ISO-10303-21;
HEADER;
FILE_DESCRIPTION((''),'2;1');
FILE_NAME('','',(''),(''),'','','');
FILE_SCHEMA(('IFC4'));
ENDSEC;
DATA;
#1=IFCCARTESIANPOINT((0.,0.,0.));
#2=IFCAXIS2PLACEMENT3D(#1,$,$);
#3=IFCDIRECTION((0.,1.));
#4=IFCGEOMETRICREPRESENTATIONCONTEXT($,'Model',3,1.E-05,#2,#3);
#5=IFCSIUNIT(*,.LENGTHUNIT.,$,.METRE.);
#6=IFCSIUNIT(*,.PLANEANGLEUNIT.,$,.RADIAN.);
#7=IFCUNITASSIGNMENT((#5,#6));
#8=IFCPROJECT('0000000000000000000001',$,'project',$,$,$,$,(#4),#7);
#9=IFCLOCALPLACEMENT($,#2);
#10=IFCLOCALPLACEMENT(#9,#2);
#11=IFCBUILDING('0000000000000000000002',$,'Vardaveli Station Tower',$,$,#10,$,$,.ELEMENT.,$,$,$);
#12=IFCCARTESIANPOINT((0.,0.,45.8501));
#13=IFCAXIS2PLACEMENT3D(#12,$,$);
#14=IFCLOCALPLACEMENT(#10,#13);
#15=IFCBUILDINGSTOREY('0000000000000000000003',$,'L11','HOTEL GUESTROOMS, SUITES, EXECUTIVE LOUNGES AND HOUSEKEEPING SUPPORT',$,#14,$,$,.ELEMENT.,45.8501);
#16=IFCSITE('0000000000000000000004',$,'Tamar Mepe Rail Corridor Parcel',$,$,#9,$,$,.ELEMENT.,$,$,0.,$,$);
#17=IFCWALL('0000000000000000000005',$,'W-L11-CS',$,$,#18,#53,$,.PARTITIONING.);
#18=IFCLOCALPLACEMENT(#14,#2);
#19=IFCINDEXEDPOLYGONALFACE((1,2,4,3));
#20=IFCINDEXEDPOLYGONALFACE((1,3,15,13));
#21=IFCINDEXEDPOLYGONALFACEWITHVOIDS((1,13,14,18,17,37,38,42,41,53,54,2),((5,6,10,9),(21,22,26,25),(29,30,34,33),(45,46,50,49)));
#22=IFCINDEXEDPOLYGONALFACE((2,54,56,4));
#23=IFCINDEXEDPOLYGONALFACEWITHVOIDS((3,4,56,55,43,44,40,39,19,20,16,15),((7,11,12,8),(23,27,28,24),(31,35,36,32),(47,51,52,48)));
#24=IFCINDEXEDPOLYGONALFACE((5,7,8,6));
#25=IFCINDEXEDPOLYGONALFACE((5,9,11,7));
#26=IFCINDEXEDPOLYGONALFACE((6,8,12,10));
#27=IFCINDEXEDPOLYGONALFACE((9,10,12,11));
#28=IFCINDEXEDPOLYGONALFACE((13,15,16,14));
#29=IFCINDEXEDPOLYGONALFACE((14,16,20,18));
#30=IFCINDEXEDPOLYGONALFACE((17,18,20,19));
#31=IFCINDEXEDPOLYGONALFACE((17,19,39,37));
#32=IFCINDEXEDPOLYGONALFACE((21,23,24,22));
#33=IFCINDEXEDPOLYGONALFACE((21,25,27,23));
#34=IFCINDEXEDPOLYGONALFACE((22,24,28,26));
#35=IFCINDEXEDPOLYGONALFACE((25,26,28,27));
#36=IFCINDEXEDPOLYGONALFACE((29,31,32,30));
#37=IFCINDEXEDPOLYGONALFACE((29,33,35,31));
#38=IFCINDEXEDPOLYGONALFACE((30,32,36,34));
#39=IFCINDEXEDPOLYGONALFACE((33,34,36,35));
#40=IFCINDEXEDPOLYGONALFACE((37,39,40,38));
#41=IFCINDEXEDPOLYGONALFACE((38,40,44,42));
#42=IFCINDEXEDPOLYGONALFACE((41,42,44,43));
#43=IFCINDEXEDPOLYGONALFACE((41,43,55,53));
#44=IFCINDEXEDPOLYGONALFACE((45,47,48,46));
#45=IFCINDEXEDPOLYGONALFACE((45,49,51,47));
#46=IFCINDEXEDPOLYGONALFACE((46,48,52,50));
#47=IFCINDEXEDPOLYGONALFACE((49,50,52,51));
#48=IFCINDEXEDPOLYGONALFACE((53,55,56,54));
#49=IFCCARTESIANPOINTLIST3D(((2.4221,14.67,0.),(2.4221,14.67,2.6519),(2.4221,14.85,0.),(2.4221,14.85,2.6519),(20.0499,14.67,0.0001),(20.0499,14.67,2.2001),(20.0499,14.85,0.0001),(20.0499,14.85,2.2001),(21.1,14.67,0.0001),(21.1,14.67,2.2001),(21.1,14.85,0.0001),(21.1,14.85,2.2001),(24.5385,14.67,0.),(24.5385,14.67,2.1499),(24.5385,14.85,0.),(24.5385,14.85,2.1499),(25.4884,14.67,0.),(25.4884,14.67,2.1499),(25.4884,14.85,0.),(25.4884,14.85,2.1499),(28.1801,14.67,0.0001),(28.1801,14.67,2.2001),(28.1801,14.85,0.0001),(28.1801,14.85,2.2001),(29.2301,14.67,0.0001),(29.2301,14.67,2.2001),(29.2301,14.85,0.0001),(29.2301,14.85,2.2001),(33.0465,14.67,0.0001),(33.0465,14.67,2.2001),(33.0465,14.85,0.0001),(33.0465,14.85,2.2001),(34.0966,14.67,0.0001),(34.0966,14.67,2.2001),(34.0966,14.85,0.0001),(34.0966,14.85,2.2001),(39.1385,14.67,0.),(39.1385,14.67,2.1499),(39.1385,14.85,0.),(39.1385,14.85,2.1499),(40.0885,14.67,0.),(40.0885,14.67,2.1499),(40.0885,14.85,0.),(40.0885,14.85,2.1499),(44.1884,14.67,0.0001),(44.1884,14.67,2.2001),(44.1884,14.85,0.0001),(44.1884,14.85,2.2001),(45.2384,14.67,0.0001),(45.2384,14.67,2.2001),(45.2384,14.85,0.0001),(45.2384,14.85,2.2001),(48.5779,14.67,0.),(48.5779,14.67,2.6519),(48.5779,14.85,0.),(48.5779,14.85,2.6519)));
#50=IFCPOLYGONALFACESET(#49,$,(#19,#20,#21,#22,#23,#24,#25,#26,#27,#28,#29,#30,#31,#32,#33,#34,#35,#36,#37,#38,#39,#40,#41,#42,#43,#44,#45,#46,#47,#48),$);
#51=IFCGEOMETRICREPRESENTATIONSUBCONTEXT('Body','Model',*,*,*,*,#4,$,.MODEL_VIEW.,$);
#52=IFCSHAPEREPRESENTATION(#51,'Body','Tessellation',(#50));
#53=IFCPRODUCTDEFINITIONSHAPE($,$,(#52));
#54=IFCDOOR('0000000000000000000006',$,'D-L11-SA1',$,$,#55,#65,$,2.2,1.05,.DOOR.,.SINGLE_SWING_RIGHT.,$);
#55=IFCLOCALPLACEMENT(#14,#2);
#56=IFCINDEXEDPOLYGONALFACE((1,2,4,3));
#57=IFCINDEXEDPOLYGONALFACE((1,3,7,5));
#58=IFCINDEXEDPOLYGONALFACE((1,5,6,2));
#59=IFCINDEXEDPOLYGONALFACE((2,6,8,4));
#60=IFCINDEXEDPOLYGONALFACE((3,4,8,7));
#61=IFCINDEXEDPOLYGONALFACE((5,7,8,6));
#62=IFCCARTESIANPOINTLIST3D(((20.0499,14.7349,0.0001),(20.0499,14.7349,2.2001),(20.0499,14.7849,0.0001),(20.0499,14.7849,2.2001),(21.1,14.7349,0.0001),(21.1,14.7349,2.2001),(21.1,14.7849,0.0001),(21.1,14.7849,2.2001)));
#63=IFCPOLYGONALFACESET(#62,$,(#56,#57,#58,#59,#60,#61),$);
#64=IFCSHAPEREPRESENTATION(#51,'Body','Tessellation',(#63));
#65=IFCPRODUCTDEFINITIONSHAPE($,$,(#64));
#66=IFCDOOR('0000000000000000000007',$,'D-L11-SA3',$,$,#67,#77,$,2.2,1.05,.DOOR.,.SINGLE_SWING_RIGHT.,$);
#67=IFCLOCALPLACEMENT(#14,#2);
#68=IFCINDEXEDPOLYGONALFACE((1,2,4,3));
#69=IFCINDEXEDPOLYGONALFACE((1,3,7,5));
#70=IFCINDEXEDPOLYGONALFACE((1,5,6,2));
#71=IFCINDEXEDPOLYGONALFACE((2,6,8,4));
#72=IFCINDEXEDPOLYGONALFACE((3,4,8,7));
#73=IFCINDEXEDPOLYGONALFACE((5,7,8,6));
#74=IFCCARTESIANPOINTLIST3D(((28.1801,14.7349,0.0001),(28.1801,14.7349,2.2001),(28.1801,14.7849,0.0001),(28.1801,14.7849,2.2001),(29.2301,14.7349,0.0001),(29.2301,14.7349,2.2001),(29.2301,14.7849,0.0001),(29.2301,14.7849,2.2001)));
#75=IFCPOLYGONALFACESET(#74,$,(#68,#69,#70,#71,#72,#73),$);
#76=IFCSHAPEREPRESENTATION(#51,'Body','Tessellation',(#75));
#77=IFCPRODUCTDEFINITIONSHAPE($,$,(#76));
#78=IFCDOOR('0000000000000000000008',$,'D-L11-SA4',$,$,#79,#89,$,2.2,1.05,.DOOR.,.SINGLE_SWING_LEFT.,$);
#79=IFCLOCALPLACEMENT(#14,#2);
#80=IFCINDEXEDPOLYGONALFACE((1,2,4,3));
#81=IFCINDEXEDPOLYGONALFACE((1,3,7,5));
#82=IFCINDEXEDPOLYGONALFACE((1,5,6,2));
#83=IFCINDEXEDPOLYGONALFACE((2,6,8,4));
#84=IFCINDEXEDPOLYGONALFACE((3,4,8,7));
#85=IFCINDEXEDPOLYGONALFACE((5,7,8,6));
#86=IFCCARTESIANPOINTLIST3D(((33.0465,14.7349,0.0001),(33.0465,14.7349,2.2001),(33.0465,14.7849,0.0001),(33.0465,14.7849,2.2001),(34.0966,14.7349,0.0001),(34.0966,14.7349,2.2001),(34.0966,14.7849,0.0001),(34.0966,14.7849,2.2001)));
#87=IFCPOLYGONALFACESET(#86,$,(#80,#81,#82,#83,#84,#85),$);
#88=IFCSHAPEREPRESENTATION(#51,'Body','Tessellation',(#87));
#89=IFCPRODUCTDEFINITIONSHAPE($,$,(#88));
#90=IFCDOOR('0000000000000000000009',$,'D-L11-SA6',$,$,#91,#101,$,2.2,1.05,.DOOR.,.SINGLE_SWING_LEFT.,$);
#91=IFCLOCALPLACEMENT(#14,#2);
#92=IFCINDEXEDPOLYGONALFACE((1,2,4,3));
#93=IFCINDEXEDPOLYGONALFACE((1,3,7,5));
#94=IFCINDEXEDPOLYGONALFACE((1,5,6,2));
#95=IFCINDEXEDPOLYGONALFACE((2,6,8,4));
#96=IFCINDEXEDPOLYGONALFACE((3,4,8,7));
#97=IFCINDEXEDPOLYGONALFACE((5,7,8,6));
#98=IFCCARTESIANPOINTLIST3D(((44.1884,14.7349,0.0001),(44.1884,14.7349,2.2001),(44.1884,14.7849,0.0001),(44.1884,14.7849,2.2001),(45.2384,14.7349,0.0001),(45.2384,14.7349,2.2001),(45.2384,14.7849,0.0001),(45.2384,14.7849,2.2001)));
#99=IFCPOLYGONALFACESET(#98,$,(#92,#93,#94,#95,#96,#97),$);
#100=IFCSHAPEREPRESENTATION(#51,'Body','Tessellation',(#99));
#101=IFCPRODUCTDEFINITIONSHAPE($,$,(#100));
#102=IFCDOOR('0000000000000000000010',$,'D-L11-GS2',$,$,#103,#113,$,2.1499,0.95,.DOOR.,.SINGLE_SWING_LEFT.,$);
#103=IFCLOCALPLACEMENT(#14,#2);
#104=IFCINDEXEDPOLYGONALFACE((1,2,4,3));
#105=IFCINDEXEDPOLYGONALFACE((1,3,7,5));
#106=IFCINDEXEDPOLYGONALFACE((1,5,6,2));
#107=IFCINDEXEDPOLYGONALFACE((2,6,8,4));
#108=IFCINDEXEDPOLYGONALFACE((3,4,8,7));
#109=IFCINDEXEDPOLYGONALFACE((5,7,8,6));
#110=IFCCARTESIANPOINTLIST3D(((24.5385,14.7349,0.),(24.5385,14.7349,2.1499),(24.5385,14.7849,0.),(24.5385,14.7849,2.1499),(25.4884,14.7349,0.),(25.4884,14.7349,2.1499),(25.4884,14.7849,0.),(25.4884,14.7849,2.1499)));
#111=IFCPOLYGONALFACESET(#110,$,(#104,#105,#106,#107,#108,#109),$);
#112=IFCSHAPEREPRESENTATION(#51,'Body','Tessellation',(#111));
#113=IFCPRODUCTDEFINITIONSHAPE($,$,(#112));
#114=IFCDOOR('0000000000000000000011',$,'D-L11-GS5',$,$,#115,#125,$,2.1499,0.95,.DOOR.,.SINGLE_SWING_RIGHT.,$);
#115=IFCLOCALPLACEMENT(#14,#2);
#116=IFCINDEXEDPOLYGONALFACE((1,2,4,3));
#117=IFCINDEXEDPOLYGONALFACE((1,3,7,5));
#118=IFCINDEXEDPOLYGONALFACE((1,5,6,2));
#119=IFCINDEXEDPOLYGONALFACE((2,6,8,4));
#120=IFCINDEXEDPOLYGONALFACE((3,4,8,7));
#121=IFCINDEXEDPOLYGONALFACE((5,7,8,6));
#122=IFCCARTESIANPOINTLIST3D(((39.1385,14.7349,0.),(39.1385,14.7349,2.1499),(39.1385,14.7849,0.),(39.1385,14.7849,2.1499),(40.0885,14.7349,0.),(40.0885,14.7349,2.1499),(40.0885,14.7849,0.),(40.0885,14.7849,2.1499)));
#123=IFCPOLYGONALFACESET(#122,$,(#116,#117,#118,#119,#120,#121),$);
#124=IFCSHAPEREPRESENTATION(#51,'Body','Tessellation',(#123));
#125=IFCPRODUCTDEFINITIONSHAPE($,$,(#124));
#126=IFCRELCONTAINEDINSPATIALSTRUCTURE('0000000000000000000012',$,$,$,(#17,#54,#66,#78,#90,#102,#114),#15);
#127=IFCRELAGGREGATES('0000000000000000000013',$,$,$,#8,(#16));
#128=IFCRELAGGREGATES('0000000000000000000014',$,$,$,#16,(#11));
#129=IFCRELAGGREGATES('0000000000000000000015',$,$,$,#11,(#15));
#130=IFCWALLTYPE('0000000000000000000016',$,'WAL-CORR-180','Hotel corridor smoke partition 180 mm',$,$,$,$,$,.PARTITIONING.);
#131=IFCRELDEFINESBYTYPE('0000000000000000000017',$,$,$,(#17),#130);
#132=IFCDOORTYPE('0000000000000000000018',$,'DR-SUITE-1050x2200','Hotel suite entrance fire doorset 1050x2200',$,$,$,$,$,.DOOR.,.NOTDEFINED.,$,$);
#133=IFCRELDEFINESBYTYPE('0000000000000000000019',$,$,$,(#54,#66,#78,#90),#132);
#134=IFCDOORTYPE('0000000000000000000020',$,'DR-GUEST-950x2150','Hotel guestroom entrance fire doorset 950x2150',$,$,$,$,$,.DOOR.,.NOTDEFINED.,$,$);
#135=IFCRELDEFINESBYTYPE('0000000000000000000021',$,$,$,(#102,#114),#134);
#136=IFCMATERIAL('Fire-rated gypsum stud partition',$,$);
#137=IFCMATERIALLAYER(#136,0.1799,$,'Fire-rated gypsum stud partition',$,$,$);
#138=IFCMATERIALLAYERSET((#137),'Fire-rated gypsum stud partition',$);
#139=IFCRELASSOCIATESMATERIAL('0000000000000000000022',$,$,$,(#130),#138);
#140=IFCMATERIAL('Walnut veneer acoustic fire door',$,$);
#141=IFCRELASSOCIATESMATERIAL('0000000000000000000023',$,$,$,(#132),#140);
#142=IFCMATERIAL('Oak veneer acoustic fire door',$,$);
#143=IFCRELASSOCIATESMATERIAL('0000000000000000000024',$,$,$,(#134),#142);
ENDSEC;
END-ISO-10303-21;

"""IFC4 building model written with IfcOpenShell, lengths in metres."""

from ifc_helpers import new_model, si_unit, direction, frame, frame_2d, origin, place, context, subcontext, project, spatial, rectangle, extrude, source, transform, mapped, material, layer, layer_set, type_object, element, fill, save


model = new_model("IFC4")

# Units and contexts
model_context = context("Model", 3, precision=1e-05, world=origin(), true_north=direction((0.0, 1.0)))
body_context = subcontext(model_context, "Body", "Model", "MODEL_VIEW")
ifc_project = project(units=[si_unit("LENGTHUNIT", "METRE"), si_unit("PLANEANGLEUNIT", "RADIAN")], contexts=[model_context])

# Site, building, storey
site_placement = place(None, origin())
site = spatial("IfcSite", under=ifc_project, at=site_placement, Name="Tamar Mepe Rail Corridor Parcel", CompositionType="ELEMENT", RefElevation=0.0)
building_placement = place(site_placement, origin())
building = spatial("IfcBuilding", under=site, at=building_placement, Name="Vardaveli Station Tower", CompositionType="ELEMENT")
storey_placement = place(building_placement, frame((0.0, 0.0, 45.8501)))
storey = spatial("IfcBuildingStorey", under=building, at=storey_placement, Name="L11", Description="HOTEL GUESTROOMS, SUITES, EXECUTIVE LOUNGES AND HOUSEKEEPING SUPPORT", CompositionType="ELEMENT", Elevation=45.8501)

# Wall, openings, doors
ifc_material_1 = material(Name="Fire-rated gypsum stud partition")
ifc_layer_1 = layer(ifc_material_1, 0.1799, Name="Fire-rated gypsum stud partition")
ifc_layer_set_1 = layer_set([ifc_layer_1], Name="Fire-rated gypsum stud partition")
wall_type_1 = type_object("IfcWallType", Name="WAL-CORR-180", Description="Hotel corridor smoke partition 180 mm", PredefinedType="PARTITIONING", material=ifc_layer_set_1)
shared_shape_1 = source(origin(), body_context, "Body", "SweptSolid", [
    extrude(rectangle(XDim=46.1558, YDim=0.1799, at=frame_2d((23.0779, 0.0))), origin(), (0.0, 0.0, 1.0), 2.6519),
])
wall_1_placement = place(storey_placement, frame((2.4221, 14.76, 0.0), z_axis=(0.0, 0.0, 1.0), x_axis=(1.0, 0.0, 0.0)))
wall_1 = element("IfcWall", 1, at=wall_1_placement, inside=storey, type_object=wall_type_1, Name="W-L11-CS", PredefinedType="PARTITIONING", context=body_context, shape_type="MappedRepresentation", body=[
    mapped(shared_shape_1, transform((0.0, 0.0, 0.0), scale=1.0)),
])
shared_shape_2 = source(origin(), body_context, "Body", "SweptSolid", [
    extrude(rectangle(XDim=1.05, YDim=2.2, at=frame_2d((0.5249, 1.1001))), frame((0.0, 0.1001, 0.0), z_axis=(0.0, -1.0, 0.0), x_axis=(1.0, 0.0, 0.0)), (0.0, 0.0, 1.0), 0.2),
])
opening_1_placement = place(wall_1_placement, frame((17.6279, 0.0, 0.0)))
opening_1 = element("IfcOpeningElement", 2, at=opening_1_placement, cuts=wall_1, PredefinedType="OPENING", context=body_context, shape_type="MappedRepresentation", body=[
    mapped(shared_shape_2, transform((0.0, 0.0, 0.0), scale=1.0)),
])
shared_shape_3 = source(origin(), body_context, "Body", "SweptSolid", [
    extrude(rectangle(XDim=0.95, YDim=2.1499, at=frame_2d((0.4751, 1.075))), frame((0.0, 0.1001, 0.0), z_axis=(0.0, -1.0, 0.0), x_axis=(1.0, 0.0, 0.0)), (0.0, 0.0, 1.0), 0.2),
])
opening_2_placement = place(wall_1_placement, frame((22.1162, 0.0, 0.0)))
opening_2 = element("IfcOpeningElement", 3, at=opening_2_placement, cuts=wall_1, PredefinedType="OPENING", context=body_context, shape_type="MappedRepresentation", body=[
    mapped(shared_shape_3, transform((0.0, 0.0, 0.0), scale=1.0)),
])
opening_3_placement = place(wall_1_placement, frame((25.7581, 0.0, 0.0)))
opening_3 = element("IfcOpeningElement", 4, at=opening_3_placement, cuts=wall_1, PredefinedType="OPENING", context=body_context, shape_type="MappedRepresentation", body=[
    mapped(shared_shape_2, transform((0.0, 0.0, 0.0), scale=1.0)),
])
opening_4_placement = place(wall_1_placement, frame((30.6245, 0.0, 0.0)))
opening_4 = element("IfcOpeningElement", 5, at=opening_4_placement, cuts=wall_1, PredefinedType="OPENING", context=body_context, shape_type="MappedRepresentation", body=[
    mapped(shared_shape_2, transform((0.0, 0.0, 0.0), scale=1.0)),
])
opening_5_placement = place(wall_1_placement, frame((36.7163, 0.0, 0.0)))
opening_5 = element("IfcOpeningElement", 6, at=opening_5_placement, cuts=wall_1, PredefinedType="OPENING", context=body_context, shape_type="MappedRepresentation", body=[
    mapped(shared_shape_3, transform((0.0, 0.0, 0.0), scale=1.0)),
])
opening_6_placement = place(wall_1_placement, frame((41.7664, 0.0, 0.0)))
opening_6 = element("IfcOpeningElement", 7, at=opening_6_placement, cuts=wall_1, PredefinedType="OPENING", context=body_context, shape_type="MappedRepresentation", body=[
    mapped(shared_shape_2, transform((0.0, 0.0, 0.0), scale=1.0)),
])
ifc_material_2 = material(Name="Walnut veneer acoustic fire door")
door_type_1 = type_object("IfcDoorType", Name="DR-SUITE-1050x2200", Description="Hotel suite entrance fire doorset 1050x2200", OperationType="NOTDEFINED", PredefinedType="DOOR", material=ifc_material_2)
shared_shape_4 = source(origin(), body_context, "Body", "SweptSolid", [
    extrude(rectangle(XDim=1.05, YDim=2.2, at=frame_2d((0.5249, 1.1001))), frame((0.0, 0.0249, 0.0), z_axis=(0.0, -1.0, 0.0), x_axis=(1.0, 0.0, 0.0)), (0.0, 0.0, 1.0), 0.05),
])
door_1_placement = place(opening_1_placement, origin())
door_1 = element("IfcDoor", 8, at=door_1_placement, inside=storey, type_object=door_type_1, Name="D-L11-SA1", OperationType="SINGLE_SWING_RIGHT", OverallHeight=2.2, OverallWidth=1.05, PredefinedType="DOOR", context=body_context, shape_type="MappedRepresentation", body=[
    mapped(shared_shape_4, transform((0.0, 0.0, 0.0), scale=1.0)),
])
fill(opening_1, door_1)
door_2_placement = place(opening_3_placement, origin())
door_2 = element("IfcDoor", 9, at=door_2_placement, inside=storey, type_object=door_type_1, Name="D-L11-SA3", OperationType="SINGLE_SWING_RIGHT", OverallHeight=2.2, OverallWidth=1.05, PredefinedType="DOOR", context=body_context, shape_type="MappedRepresentation", body=[
    mapped(shared_shape_4, transform((0.0, 0.0, 0.0), scale=1.0)),
])
fill(opening_3, door_2)
door_3_placement = place(opening_4_placement, origin())
door_3 = element("IfcDoor", 10, at=door_3_placement, inside=storey, type_object=door_type_1, Name="D-L11-SA4", OperationType="SINGLE_SWING_LEFT", OverallHeight=2.2, OverallWidth=1.05, PredefinedType="DOOR", context=body_context, shape_type="MappedRepresentation", body=[
    mapped(shared_shape_4, transform((0.0, 0.0, 0.0), scale=1.0)),
])
fill(opening_4, door_3)
door_4_placement = place(opening_6_placement, origin())
door_4 = element("IfcDoor", 11, at=door_4_placement, inside=storey, type_object=door_type_1, Name="D-L11-SA6", OperationType="SINGLE_SWING_LEFT", OverallHeight=2.2, OverallWidth=1.05, PredefinedType="DOOR", context=body_context, shape_type="MappedRepresentation", body=[
    mapped(shared_shape_4, transform((0.0, 0.0, 0.0), scale=1.0)),
])
fill(opening_6, door_4)
ifc_material_3 = material(Name="Oak veneer acoustic fire door")
door_type_2 = type_object("IfcDoorType", Name="DR-GUEST-950x2150", Description="Hotel guestroom entrance fire doorset 950x2150", OperationType="NOTDEFINED", PredefinedType="DOOR", material=ifc_material_3)
shared_shape_5 = source(origin(), body_context, "Body", "SweptSolid", [
    extrude(rectangle(XDim=0.95, YDim=2.1499, at=frame_2d((0.4751, 1.075))), frame((0.0, 0.0249, 0.0), z_axis=(0.0, -1.0, 0.0), x_axis=(1.0, 0.0, 0.0)), (0.0, 0.0, 1.0), 0.05),
])
door_5_placement = place(opening_2_placement, origin())
door_5 = element("IfcDoor", 12, at=door_5_placement, inside=storey, type_object=door_type_2, Name="D-L11-GS2", OperationType="SINGLE_SWING_LEFT", OverallHeight=2.1499, OverallWidth=0.95, PredefinedType="DOOR", context=body_context, shape_type="MappedRepresentation", body=[
    mapped(shared_shape_5, transform((0.0, 0.0, 0.0), scale=1.0)),
])
fill(opening_2, door_5)
door_6_placement = place(opening_5_placement, origin())
door_6 = element("IfcDoor", 13, at=door_6_placement, inside=storey, type_object=door_type_2, Name="D-L11-GS5", OperationType="SINGLE_SWING_RIGHT", OverallHeight=2.1499, OverallWidth=0.95, PredefinedType="DOOR", context=body_context, shape_type="MappedRepresentation", body=[
    mapped(shared_shape_5, transform((0.0, 0.0, 0.0), scale=1.0)),
])
fill(opening_5, door_6)

save(model, "model.ifc")
